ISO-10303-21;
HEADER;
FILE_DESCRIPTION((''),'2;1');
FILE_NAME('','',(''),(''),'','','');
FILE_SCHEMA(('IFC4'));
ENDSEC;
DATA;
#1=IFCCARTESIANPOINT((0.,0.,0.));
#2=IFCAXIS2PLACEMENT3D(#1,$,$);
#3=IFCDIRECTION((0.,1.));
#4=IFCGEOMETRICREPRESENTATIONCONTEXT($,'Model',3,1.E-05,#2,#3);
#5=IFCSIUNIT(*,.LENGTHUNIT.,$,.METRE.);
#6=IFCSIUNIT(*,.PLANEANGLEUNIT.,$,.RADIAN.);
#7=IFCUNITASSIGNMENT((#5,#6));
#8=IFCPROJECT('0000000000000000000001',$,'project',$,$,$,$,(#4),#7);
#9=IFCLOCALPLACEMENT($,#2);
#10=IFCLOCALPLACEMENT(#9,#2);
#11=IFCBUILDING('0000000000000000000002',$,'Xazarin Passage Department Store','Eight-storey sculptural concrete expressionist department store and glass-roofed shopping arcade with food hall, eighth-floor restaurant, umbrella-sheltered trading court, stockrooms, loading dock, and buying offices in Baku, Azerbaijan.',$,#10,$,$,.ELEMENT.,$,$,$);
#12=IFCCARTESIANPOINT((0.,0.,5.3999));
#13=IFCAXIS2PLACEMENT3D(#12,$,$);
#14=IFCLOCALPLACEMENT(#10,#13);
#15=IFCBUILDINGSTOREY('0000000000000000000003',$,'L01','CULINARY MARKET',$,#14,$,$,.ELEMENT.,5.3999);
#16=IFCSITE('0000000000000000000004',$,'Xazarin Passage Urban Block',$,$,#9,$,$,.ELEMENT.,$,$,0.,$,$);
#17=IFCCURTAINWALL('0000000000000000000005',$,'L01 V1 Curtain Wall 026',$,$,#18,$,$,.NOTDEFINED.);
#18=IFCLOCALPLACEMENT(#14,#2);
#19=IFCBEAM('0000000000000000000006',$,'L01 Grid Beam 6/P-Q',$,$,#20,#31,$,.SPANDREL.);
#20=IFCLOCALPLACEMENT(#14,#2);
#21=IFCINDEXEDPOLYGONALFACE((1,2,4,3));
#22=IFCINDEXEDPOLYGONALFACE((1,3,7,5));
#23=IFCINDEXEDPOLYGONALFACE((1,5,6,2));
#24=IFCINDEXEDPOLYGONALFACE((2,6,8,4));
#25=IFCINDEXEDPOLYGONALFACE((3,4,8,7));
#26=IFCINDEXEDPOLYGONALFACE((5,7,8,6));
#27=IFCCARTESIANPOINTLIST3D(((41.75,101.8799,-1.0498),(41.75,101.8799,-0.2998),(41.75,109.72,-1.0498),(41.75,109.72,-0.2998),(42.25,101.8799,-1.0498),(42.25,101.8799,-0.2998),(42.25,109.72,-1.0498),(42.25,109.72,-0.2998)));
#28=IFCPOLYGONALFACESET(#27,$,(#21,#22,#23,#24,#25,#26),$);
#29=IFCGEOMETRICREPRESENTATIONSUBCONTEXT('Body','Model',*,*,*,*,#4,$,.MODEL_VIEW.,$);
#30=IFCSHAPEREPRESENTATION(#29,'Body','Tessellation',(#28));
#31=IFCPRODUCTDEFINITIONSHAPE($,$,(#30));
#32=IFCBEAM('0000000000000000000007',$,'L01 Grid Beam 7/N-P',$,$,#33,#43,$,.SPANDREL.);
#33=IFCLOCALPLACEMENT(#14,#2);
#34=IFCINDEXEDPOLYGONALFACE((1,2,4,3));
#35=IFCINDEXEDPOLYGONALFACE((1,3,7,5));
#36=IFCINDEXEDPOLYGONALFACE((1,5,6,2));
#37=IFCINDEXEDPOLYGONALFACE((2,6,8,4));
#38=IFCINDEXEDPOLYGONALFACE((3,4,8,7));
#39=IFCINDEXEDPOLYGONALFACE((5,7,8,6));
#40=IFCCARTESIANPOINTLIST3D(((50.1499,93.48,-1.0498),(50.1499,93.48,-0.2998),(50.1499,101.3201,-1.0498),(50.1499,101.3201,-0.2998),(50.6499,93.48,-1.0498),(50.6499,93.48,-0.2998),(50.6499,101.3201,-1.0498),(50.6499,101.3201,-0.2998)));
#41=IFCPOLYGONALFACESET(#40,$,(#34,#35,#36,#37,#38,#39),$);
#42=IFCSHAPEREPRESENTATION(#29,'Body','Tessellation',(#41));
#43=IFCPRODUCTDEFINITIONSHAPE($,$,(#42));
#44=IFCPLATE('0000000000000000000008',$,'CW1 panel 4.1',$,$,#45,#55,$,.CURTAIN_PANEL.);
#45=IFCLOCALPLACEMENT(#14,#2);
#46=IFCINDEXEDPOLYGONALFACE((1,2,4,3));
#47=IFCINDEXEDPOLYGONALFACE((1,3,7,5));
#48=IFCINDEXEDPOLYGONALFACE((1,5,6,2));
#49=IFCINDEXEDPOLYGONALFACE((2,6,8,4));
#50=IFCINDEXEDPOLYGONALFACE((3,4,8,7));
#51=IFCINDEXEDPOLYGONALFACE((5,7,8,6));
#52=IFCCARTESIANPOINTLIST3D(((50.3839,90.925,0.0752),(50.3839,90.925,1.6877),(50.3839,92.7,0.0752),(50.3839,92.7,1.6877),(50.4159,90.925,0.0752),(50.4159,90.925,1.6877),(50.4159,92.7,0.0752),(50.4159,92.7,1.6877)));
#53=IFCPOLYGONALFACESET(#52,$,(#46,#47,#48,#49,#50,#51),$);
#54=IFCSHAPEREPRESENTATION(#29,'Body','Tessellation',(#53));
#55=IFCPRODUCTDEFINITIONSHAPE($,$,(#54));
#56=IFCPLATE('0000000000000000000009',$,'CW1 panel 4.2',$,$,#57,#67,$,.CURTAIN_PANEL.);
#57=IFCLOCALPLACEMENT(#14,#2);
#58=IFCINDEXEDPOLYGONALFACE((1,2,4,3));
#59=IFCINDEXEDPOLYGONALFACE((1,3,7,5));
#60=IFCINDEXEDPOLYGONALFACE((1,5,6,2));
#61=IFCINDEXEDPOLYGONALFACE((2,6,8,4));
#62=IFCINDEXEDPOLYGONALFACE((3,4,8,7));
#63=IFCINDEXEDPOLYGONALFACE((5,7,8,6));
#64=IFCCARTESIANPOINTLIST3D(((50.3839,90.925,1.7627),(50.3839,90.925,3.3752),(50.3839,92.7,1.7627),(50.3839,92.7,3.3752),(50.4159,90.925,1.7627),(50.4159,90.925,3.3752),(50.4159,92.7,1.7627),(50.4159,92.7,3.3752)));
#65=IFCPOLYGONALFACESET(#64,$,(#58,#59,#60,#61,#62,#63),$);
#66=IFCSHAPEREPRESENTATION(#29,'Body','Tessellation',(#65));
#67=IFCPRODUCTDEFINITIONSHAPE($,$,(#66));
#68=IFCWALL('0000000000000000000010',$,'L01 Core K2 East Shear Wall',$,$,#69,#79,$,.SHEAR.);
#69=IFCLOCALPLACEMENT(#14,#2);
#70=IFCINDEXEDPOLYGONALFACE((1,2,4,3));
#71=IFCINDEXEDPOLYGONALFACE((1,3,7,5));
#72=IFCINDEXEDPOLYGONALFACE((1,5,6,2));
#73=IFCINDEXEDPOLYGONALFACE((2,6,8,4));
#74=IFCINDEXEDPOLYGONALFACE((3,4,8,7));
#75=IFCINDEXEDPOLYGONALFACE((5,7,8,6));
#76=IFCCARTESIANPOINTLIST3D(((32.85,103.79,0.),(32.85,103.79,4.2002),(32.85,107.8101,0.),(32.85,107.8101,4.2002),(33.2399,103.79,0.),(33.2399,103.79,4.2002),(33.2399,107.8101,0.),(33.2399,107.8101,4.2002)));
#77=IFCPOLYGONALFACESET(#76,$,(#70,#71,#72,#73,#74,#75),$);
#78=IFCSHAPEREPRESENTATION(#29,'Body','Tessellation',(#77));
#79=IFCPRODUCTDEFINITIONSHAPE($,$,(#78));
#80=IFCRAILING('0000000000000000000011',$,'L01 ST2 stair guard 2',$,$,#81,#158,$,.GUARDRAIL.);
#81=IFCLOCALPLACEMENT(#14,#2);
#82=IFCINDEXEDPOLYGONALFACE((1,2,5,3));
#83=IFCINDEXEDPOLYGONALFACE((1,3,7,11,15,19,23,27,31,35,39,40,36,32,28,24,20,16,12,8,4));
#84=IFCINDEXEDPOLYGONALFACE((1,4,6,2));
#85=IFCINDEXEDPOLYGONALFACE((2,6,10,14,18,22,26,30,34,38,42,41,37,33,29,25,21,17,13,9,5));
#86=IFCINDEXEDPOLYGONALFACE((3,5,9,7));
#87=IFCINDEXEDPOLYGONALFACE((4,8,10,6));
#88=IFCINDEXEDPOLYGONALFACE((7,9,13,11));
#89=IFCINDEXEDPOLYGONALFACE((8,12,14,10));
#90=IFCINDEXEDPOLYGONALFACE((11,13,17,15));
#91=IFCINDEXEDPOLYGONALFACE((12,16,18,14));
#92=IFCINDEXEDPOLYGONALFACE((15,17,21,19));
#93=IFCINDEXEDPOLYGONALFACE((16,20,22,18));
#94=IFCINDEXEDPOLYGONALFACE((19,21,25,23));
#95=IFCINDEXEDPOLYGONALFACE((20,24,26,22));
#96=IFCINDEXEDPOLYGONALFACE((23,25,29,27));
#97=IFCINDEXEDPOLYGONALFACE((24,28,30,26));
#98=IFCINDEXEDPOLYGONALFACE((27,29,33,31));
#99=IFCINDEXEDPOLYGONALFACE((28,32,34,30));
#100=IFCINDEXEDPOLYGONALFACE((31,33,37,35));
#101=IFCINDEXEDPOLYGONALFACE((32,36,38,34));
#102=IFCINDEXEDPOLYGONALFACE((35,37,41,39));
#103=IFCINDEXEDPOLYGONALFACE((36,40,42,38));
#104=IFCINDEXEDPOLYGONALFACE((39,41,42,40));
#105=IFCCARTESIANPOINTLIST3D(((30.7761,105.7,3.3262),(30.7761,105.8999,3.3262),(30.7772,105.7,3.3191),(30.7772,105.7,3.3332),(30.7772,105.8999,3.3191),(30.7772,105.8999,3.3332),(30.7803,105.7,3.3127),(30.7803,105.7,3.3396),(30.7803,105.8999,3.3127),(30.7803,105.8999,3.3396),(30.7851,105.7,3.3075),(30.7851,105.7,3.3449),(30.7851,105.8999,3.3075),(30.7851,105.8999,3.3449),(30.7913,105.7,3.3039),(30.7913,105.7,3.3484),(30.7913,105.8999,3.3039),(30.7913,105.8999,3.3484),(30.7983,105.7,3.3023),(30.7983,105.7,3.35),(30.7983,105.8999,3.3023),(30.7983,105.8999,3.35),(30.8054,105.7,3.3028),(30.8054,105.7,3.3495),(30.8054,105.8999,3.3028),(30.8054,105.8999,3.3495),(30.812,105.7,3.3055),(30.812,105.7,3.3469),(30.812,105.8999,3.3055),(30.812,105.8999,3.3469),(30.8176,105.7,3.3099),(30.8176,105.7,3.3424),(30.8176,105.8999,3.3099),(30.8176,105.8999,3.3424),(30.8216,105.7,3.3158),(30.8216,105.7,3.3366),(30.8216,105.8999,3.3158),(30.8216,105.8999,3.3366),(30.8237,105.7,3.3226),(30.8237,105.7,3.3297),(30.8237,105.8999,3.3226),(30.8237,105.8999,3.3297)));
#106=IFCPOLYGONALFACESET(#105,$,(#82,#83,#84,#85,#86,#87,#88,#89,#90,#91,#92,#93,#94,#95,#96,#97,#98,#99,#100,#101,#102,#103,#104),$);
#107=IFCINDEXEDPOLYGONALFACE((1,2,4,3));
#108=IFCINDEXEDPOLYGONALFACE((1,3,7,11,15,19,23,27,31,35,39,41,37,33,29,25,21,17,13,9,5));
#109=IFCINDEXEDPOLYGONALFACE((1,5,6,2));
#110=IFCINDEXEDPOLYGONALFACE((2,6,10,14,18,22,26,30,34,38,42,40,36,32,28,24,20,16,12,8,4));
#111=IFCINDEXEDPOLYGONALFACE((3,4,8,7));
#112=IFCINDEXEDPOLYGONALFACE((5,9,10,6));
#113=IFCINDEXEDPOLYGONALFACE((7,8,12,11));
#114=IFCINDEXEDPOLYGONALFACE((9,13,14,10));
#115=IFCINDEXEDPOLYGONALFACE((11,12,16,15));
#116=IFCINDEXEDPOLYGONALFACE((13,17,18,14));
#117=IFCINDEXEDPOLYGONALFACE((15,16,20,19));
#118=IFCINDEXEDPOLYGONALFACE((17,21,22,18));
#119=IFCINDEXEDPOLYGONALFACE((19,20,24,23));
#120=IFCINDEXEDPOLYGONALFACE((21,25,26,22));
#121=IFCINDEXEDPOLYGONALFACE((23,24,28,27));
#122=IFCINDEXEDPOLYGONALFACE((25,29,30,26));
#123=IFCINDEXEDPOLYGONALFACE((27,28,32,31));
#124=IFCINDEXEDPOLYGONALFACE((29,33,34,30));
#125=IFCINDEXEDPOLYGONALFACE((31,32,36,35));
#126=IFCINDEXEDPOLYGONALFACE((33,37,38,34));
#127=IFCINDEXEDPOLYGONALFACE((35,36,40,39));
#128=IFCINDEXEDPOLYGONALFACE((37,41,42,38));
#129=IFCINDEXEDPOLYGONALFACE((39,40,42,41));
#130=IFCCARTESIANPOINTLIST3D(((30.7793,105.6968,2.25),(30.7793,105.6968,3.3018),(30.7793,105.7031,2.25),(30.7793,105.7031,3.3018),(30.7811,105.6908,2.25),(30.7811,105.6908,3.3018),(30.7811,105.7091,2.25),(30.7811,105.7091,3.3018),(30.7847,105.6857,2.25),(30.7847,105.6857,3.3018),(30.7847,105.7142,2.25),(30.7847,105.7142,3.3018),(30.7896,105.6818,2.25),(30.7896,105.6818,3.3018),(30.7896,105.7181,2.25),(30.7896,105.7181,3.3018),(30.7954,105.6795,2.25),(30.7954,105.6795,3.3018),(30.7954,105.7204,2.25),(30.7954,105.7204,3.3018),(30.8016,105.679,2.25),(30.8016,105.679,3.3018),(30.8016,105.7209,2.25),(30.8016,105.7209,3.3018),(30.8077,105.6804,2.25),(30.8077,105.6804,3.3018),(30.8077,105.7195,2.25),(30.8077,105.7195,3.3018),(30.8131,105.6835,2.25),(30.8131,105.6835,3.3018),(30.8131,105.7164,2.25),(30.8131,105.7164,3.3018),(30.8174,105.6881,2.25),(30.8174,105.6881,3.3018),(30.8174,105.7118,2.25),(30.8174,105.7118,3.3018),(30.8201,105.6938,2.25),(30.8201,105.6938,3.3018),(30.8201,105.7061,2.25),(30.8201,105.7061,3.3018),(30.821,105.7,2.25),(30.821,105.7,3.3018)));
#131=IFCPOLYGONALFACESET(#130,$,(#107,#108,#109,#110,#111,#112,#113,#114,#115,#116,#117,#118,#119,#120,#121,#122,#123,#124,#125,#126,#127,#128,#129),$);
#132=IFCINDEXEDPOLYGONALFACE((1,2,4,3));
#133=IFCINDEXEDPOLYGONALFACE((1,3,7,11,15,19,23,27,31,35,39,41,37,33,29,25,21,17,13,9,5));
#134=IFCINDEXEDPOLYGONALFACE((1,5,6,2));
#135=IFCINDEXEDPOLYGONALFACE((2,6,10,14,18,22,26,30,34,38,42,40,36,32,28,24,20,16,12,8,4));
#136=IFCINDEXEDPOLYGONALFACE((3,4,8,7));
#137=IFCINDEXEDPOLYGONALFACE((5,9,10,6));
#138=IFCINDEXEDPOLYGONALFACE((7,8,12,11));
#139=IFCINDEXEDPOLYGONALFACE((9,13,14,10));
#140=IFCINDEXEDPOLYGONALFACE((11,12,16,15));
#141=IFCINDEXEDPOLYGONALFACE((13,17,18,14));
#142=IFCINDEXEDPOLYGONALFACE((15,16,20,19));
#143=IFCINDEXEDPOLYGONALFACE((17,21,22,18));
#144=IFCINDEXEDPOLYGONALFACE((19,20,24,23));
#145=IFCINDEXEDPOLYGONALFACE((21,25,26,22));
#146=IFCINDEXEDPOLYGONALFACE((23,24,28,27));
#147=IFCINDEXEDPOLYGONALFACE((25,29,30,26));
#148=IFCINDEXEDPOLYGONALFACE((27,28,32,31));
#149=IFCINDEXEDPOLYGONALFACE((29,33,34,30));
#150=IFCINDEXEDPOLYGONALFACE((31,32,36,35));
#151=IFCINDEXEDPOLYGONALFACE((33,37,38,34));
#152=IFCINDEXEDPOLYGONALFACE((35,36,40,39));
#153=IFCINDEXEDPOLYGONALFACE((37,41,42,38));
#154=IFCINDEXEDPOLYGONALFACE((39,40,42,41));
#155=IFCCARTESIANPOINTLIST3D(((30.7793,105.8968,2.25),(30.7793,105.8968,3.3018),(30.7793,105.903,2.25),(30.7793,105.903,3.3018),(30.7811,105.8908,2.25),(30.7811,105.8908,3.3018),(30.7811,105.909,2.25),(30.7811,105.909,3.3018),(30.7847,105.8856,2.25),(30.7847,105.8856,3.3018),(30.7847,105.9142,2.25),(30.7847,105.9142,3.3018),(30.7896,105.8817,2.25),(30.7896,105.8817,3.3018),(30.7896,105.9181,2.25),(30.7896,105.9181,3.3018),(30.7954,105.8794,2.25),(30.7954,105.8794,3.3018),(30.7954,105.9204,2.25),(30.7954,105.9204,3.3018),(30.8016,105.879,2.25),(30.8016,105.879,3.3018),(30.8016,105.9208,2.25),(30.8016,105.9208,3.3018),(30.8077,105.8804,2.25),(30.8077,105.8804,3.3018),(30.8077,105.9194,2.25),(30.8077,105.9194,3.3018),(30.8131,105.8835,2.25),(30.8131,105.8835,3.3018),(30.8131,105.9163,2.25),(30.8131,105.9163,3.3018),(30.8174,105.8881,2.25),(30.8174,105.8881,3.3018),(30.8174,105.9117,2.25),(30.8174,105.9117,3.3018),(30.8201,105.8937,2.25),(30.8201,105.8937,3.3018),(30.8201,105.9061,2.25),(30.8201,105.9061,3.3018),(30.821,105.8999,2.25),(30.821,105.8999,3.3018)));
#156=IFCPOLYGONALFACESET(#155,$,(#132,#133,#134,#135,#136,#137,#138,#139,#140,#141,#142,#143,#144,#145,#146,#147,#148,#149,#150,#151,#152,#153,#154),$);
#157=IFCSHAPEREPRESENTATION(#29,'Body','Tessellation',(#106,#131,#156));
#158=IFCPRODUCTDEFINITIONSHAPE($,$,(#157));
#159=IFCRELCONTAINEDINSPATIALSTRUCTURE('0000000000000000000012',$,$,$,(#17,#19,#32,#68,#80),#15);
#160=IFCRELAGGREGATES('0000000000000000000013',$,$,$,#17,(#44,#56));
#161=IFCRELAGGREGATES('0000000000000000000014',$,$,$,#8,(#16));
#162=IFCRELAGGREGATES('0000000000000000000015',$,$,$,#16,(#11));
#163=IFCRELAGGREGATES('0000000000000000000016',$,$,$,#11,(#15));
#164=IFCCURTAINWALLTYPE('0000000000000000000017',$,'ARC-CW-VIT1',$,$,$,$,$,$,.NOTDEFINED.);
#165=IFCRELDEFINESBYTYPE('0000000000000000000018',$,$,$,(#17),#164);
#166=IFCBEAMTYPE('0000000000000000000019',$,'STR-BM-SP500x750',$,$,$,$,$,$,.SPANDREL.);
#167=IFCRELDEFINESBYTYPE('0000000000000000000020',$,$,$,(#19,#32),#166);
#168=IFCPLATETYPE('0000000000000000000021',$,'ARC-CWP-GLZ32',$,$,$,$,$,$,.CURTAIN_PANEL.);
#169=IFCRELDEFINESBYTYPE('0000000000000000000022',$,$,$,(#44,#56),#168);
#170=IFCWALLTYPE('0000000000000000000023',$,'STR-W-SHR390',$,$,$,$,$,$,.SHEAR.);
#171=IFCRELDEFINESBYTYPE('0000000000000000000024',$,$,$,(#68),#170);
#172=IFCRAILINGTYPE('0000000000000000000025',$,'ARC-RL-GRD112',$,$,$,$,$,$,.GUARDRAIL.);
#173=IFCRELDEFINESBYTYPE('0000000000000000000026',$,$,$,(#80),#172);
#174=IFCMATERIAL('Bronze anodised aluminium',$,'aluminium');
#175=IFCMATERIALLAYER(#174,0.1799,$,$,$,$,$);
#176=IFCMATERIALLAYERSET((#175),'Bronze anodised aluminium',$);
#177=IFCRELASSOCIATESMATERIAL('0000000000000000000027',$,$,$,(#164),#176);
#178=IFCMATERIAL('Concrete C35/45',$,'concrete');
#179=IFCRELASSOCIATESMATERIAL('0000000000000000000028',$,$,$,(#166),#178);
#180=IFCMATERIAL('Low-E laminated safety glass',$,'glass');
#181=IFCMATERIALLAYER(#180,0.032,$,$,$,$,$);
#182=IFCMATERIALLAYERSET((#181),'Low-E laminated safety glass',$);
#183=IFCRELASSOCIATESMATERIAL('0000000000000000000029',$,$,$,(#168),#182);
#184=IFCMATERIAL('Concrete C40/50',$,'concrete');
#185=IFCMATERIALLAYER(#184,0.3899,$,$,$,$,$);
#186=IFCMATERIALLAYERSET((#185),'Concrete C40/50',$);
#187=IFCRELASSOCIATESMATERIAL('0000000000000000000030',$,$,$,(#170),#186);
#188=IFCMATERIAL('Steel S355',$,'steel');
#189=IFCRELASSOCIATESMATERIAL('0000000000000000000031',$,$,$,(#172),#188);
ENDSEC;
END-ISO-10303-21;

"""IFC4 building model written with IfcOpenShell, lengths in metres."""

from ifc_helpers import new_model, si_unit, direction, frame, frame_2d, origin, origin_2d, place, context, subcontext, project, spatial, rectangle, circle, extrude, material, layer, layer_set, material_profile, profile_set, type_object, element, aggregate, save


model = new_model("IFC4")

# Units and contexts
model_context = context("Model", 3, precision=1e-05, world=origin(), true_north=direction((0.0, 1.0)))
body_context = subcontext(model_context, "Body", "Model", "MODEL_VIEW")
ifc_project = project(units=[si_unit("LENGTHUNIT", "METRE"), si_unit("PLANEANGLEUNIT", "RADIAN")], contexts=[model_context])

# Site, building, storey
site_placement = place(None, origin())
site = spatial("IfcSite", under=ifc_project, at=site_placement, Name="Xazarin Passage Urban Block", CompositionType="ELEMENT", RefElevation=0.0)
building_placement = place(site_placement, origin())
building = spatial("IfcBuilding", under=site, at=building_placement, Name="Xazarin Passage Department Store", Description="Eight-storey sculptural concrete expressionist department store and glass-roofed shopping arcade with food hall, eighth-floor restaurant, umbrella-sheltered trading court, stockrooms, loading dock, and buying offices in Baku, Azerbaijan.", CompositionType="ELEMENT")
storey_placement = place(building_placement, frame((0.0, 0.0, 5.3999)))
storey = spatial("IfcBuildingStorey", under=building, at=storey_placement, Name="L01", Description="CULINARY MARKET", CompositionType="ELEMENT", Elevation=5.3999)

# Shared definitions
ifc_material_1 = material(Name="Concrete C40/50", Category="concrete")

# Curtain wall
ifc_material_2 = material(Name="Bronze anodised aluminium", Category="aluminium")
ifc_layer_1 = layer(ifc_material_2, 0.1799)
ifc_layer_set_1 = layer_set([ifc_layer_1], Name="Bronze anodised aluminium")
curtain_wall_type = type_object("IfcCurtainWallType", Name="ARC-CW-VIT1", PredefinedType="NOTDEFINED", material=ifc_layer_set_1)
curtain_wall_1_placement = place(storey_placement, origin())
curtain_wall_1 = element("IfcCurtainWall", 1, at=curtain_wall_1_placement, inside=storey, type_object=curtain_wall_type, Name="L01 V1 Curtain Wall 026", PredefinedType="NOTDEFINED")

# Beams
ifc_material_3 = material(Name="Concrete C35/45", Category="concrete")
ifc_material_profile_1 = material_profile(ifc_material_3, rectangle(XDim=0.5, YDim=0.75, at=origin_2d()), Name="RC 500x750")
ifc_profile_set_1 = profile_set([ifc_material_profile_1], Name="Concrete C35/45")
beam_type_1 = type_object("IfcBeamType", Name="STR-BM-SP500x750", PredefinedType="SPANDREL", material=ifc_profile_set_1)
for number, where, z_axis, x_axis, name in (
    (2, (42.0, 101.8799, -0.6748), (0.0, 1.0, 0.0), (-1.0, 0.0, 0.0), "L01 Grid Beam 6/P-Q"),
    (3, (50.3999, 93.48, -0.6748), (0.0, 1.0, 0.0), (-1.0, 0.0, 0.0), "L01 Grid Beam 7/N-P"),
):
    element("IfcBeam", number, at=place(storey_placement, frame(where, z_axis=z_axis, x_axis=x_axis)), inside=storey, type_object=beam_type_1, Name=name, PredefinedType="SPANDREL", context=body_context, shape_type="SweptSolid", body=[
        extrude(rectangle(XDim=0.5, YDim=0.75, at=origin_2d()), origin(), (0.0, 0.0, 1.0), 7.8401),
    ])

# Plates
ifc_material_4 = material(Name="Low-E laminated safety glass", Category="glass")
ifc_layer_2 = layer(ifc_material_4, 0.032)
ifc_layer_set_2 = layer_set([ifc_layer_2], Name="Low-E laminated safety glass")
plate_type = type_object("IfcPlateType", Name="ARC-CWP-GLZ32", PredefinedType="CURTAIN_PANEL", material=ifc_layer_set_2)
plate_1_placement = place(storey_placement, frame((50.3999, 91.8125, 0.0752), z_axis=(0.0, 0.0, 1.0), x_axis=(0.0, 1.0, 0.0)))
plate_1 = element("IfcPlate", 4, at=plate_1_placement, type_object=plate_type, Name="CW1 panel 4.1", PredefinedType="CURTAIN_PANEL", context=body_context, shape_type="SweptSolid", body=[
    extrude(rectangle(XDim=1.7749, YDim=0.032, at=origin_2d()), origin(), (0.0, 0.0, 1.0), 1.6125),
])
plate_2_placement = place(storey_placement, frame((50.3999, 91.8125, 1.7627), z_axis=(0.0, 0.0, 1.0), x_axis=(0.0, 1.0, 0.0)))
plate_2 = element("IfcPlate", 5, at=plate_2_placement, type_object=plate_type, Name="CW1 panel 4.2", PredefinedType="CURTAIN_PANEL", context=body_context, shape_type="SweptSolid", body=[
    extrude(rectangle(XDim=1.7749, YDim=0.032, at=origin_2d()), origin(), (0.0, 0.0, 1.0), 1.6125),
])
aggregate(curtain_wall_1, [plate_1, plate_2])

# Wall
ifc_layer_3 = layer(ifc_material_1, 0.3899)
ifc_layer_set_3 = layer_set([ifc_layer_3], Name="Concrete C40/50")
wall_type = type_object("IfcWallType", Name="STR-W-SHR390", PredefinedType="SHEAR", material=ifc_layer_set_3)
wall_placement = place(storey_placement, frame((33.0449, 103.79, 0.0), z_axis=(0.0, 0.0, 1.0), x_axis=(0.0, 1.0, 0.0)))
element("IfcWall", 6, at=wall_placement, inside=storey, type_object=wall_type, Name="L01 Core K2 East Shear Wall", PredefinedType="SHEAR", context=body_context, shape_type="SweptSolid", body=[
    extrude(rectangle(XDim=4.02, YDim=0.3899, at=frame_2d((2.01, 0.0))), origin(), (0.0, 0.0, 1.0), 4.2002),
])

# Railing
ifc_material_5 = material(Name="Steel S355", Category="steel")
railing_type_1 = type_object("IfcRailingType", Name="ARC-RL-GRD112", PredefinedType="GUARDRAIL", material=ifc_material_5)
railing_1_placement = place(storey_placement, frame((30.8, 105.7, 2.25)))
element("IfcRailing", 7, at=railing_1_placement, inside=storey, type_object=railing_type_1, Name="L01 ST2 stair guard 2", PredefinedType="GUARDRAIL", context=body_context, shape_type="SweptSolid", body=[
    extrude(circle(Radius=0.0239, at=origin_2d()), frame((0.0, 0.0, 1.0762), z_axis=(0.0, 1.0, 0.0), x_axis=(-1.0, 0.0, 0.0)), (0.0, 0.0, 1.0), 0.2),
    extrude(circle(Radius=0.021, at=origin_2d()), origin(), (0.0, 0.0, 1.0), 1.0518),
    extrude(circle(Radius=0.021, at=origin_2d()), frame((0.0, 0.2, 0.0)), (0.0, 0.0, 1.0), 1.0518),
])

save(model, "model.ifc")
